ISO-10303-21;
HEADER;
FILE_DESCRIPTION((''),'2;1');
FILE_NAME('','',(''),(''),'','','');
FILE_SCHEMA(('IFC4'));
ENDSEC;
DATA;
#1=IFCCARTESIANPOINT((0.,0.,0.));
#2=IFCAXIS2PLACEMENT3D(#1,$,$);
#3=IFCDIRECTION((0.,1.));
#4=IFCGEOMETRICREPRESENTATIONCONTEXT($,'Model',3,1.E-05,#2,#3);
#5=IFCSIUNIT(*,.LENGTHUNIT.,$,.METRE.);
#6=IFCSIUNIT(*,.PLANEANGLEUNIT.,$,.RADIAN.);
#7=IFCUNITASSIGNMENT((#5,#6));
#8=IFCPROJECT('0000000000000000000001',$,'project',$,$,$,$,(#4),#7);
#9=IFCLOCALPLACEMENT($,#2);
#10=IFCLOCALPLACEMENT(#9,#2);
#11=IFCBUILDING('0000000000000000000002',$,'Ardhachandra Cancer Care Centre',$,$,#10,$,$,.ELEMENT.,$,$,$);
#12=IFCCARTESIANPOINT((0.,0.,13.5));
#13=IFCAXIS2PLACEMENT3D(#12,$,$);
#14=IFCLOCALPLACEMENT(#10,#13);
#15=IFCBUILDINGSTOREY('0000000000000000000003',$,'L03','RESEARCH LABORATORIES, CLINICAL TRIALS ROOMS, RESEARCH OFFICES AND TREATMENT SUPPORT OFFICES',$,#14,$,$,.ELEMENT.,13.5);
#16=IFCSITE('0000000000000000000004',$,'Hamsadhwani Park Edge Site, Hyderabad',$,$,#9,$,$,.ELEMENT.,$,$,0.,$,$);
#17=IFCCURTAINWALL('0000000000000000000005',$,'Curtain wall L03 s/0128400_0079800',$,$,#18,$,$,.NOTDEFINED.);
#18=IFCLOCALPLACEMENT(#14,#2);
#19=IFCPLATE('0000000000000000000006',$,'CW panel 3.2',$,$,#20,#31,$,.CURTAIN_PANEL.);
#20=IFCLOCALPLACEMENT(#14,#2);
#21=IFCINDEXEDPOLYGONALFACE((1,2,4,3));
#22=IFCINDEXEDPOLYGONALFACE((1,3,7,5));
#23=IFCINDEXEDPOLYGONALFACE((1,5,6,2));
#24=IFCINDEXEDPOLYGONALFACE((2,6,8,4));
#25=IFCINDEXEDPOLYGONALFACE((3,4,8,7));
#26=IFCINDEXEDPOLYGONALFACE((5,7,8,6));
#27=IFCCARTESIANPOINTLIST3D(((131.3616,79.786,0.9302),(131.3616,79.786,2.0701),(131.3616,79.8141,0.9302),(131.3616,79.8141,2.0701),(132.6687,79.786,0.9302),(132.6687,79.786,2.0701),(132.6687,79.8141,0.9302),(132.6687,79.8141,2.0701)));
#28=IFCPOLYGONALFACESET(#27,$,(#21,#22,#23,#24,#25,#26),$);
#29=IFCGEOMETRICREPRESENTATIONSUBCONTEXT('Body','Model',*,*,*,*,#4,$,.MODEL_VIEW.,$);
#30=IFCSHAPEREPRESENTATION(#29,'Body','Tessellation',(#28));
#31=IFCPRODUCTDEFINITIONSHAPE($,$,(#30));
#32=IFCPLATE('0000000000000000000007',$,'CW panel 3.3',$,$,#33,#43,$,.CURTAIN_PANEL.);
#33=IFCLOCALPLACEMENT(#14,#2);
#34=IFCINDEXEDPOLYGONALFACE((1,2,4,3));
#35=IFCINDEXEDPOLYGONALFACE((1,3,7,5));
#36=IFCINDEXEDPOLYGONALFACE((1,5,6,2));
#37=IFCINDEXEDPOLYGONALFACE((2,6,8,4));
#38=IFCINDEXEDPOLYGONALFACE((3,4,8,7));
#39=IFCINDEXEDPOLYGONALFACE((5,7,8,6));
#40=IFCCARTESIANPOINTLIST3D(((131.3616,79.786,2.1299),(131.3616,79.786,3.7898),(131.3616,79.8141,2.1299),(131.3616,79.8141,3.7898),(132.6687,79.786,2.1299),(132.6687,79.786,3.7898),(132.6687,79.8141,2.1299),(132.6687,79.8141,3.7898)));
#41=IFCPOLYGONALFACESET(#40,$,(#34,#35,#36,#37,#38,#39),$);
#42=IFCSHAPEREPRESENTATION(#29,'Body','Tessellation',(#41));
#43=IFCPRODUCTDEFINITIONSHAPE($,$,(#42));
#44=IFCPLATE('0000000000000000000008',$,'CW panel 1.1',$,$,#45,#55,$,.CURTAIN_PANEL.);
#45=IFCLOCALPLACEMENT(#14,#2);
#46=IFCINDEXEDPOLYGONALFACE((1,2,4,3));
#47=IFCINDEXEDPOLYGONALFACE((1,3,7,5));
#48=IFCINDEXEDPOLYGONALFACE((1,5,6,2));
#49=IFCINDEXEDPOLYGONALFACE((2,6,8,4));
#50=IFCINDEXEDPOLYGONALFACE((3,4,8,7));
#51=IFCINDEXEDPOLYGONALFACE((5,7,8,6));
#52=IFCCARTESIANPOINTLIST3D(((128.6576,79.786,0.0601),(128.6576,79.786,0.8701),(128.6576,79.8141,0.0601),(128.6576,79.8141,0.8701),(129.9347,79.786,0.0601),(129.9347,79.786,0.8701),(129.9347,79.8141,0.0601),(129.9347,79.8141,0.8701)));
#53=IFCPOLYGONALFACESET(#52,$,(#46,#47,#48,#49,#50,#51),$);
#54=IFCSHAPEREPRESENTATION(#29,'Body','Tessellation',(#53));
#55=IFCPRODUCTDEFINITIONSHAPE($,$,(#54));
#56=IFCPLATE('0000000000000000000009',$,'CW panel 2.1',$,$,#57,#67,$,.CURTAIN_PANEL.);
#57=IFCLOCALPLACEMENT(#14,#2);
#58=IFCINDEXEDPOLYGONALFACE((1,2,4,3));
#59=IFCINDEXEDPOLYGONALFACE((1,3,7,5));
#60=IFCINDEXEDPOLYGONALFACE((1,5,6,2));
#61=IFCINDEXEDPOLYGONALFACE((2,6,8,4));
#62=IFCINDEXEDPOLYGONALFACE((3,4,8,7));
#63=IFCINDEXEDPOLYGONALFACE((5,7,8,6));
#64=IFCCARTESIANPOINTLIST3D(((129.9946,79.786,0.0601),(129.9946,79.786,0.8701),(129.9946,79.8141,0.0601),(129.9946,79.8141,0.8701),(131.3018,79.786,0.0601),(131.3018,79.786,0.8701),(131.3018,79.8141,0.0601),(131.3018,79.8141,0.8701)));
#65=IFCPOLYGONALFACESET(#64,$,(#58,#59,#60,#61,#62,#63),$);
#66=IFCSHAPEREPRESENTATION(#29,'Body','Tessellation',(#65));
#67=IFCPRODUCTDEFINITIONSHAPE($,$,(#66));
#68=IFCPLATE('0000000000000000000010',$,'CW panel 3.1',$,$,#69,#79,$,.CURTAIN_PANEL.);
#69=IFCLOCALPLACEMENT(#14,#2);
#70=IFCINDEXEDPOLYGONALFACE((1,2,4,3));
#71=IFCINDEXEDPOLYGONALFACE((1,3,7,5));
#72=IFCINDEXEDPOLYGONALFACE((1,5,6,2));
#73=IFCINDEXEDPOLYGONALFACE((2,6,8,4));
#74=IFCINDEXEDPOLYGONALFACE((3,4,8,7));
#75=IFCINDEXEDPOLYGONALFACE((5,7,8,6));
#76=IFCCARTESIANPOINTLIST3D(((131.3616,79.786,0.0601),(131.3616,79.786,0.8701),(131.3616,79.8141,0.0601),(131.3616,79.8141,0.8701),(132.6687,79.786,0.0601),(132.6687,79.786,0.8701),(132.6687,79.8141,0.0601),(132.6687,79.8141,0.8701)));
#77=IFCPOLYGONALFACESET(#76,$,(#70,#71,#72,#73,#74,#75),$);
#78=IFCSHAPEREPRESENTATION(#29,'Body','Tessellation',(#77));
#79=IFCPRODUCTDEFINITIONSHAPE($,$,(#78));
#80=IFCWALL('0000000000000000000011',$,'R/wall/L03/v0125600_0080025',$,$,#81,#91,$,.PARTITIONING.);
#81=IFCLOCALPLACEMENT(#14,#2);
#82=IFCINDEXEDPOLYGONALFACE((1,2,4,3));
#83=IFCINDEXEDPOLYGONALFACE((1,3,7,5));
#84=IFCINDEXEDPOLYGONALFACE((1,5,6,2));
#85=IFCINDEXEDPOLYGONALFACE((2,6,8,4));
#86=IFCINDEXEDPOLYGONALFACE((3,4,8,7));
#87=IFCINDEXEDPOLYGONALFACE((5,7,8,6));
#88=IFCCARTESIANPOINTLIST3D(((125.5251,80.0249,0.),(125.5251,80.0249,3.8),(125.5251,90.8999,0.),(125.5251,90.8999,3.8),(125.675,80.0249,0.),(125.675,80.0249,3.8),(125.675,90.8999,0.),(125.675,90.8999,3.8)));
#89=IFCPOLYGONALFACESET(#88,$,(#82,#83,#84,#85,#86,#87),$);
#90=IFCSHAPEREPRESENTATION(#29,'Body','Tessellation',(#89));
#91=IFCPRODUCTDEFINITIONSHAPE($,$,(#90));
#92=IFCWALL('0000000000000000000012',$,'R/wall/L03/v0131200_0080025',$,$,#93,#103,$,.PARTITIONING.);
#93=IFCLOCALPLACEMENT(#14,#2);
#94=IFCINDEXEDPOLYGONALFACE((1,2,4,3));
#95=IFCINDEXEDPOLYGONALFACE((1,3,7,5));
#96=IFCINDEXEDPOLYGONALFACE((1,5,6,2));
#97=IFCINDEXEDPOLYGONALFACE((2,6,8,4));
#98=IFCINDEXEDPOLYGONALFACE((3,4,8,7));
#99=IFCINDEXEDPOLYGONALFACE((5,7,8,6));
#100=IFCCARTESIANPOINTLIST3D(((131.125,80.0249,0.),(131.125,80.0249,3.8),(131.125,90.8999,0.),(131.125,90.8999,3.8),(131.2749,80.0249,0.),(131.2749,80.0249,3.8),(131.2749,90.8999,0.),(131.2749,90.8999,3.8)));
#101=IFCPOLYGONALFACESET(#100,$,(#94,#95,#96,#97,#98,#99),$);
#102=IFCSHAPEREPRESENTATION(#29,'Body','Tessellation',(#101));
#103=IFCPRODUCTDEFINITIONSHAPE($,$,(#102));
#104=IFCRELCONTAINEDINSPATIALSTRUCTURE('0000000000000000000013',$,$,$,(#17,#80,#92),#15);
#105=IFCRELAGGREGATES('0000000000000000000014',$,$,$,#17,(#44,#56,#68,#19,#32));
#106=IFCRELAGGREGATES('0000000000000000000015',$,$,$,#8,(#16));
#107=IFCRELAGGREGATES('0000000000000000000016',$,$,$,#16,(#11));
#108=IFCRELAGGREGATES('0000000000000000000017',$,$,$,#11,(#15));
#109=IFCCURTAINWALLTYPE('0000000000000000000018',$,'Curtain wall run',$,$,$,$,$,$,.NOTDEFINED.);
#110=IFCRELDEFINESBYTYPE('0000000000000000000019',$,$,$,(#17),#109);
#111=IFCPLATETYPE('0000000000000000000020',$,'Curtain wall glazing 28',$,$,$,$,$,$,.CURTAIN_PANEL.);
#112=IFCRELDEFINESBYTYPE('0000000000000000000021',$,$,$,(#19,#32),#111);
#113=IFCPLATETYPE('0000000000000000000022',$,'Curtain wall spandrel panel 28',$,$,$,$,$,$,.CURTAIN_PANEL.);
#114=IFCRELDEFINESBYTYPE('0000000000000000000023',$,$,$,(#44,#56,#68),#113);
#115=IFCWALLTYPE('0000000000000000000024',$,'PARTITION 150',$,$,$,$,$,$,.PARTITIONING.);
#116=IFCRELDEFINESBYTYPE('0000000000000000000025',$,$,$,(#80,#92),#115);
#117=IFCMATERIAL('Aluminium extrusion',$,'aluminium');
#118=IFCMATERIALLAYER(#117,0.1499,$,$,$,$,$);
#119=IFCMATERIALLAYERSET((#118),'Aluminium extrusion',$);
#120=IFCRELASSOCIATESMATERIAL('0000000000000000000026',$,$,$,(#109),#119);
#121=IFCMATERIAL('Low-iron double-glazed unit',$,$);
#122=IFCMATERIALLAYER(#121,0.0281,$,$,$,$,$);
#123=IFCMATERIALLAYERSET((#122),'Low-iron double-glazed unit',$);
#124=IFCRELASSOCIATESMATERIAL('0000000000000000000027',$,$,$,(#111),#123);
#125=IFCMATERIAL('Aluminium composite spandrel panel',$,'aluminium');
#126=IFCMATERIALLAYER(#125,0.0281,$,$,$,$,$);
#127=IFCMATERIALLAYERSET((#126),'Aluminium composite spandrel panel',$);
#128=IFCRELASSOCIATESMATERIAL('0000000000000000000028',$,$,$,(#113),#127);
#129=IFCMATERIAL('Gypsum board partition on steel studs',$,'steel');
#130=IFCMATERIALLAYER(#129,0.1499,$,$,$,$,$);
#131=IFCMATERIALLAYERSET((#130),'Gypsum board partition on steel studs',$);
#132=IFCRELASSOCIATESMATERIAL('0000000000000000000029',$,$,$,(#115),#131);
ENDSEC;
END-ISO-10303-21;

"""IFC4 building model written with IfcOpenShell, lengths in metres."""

from ifc_helpers import new_model, si_unit, direction, frame, frame_2d, origin, origin_2d, place, context, subcontext, project, spatial, rectangle, extrude, material, layer, layer_set, type_object, element, aggregate, save


model = new_model("IFC4")

# Units and contexts
model_context = context("Model", 3, precision=1e-05, world=origin(), true_north=direction((0.0, 1.0)))
body_context = subcontext(model_context, "Body", "Model", "MODEL_VIEW")
ifc_project = project(units=[si_unit("LENGTHUNIT", "METRE"), si_unit("PLANEANGLEUNIT", "RADIAN")], contexts=[model_context])

# Site, building, storey
site_placement = place(None, origin())
site = spatial("IfcSite", under=ifc_project, at=site_placement, Name="Hamsadhwani Park Edge Site, Hyderabad", CompositionType="ELEMENT", RefElevation=0.0)
building_placement = place(site_placement, origin())
building = spatial("IfcBuilding", under=site, at=building_placement, Name="Ardhachandra Cancer Care Centre", CompositionType="ELEMENT")
storey_placement = place(building_placement, frame((0.0, 0.0, 13.5)))
storey = spatial("IfcBuildingStorey", under=building, at=storey_placement, Name="L03", Description="RESEARCH LABORATORIES, CLINICAL TRIALS ROOMS, RESEARCH OFFICES AND TREATMENT SUPPORT OFFICES", CompositionType="ELEMENT", Elevation=13.5)

# Curtain wall, plates
ifc_material_1 = material(Name="Aluminium extrusion", Category="aluminium")
ifc_layer_1 = layer(ifc_material_1, 0.1499)
ifc_layer_set_1 = layer_set([ifc_layer_1], Name="Aluminium extrusion")
curtain_wall_type = type_object("IfcCurtainWallType", Name="Curtain wall run", PredefinedType="NOTDEFINED", material=ifc_layer_set_1)
curtain_wall_placement = place(storey_placement, origin())
curtain_wall = element("IfcCurtainWall", 1, at=curtain_wall_placement, inside=storey, type_object=curtain_wall_type, Name="Curtain wall L03 s/0128400_0079800", PredefinedType="NOTDEFINED")
ifc_material_2 = material(Name="Low-iron double-glazed unit")
ifc_layer_2 = layer(ifc_material_2, 0.0281)
ifc_layer_set_2 = layer_set([ifc_layer_2], Name="Low-iron double-glazed unit")
plate_type_1 = type_object("IfcPlateType", Name="Curtain wall glazing 28", PredefinedType="CURTAIN_PANEL", material=ifc_layer_set_2)
plate_1_placement = place(storey_placement, frame((132.0151, 79.8, 0.9302), z_axis=(0.0, 0.0, 1.0), x_axis=(1.0, 0.0, 0.0)))
plate_1 = element("IfcPlate", 2, at=plate_1_placement, type_object=plate_type_1, Name="CW panel 3.2", PredefinedType="CURTAIN_PANEL", context=body_context, shape_type="SweptSolid", body=[
    extrude(rectangle(XDim=1.3071, YDim=0.0281, at=origin_2d()), origin(), (0.0, 0.0, 1.0), 1.1399),
])
plate_2_placement = place(storey_placement, frame((132.0151, 79.8, 2.1299), z_axis=(0.0, 0.0, 1.0), x_axis=(1.0, 0.0, 0.0)))
plate_2 = element("IfcPlate", 3, at=plate_2_placement, type_object=plate_type_1, Name="CW panel 3.3", PredefinedType="CURTAIN_PANEL", context=body_context, shape_type="SweptSolid", body=[
    extrude(rectangle(XDim=1.3071, YDim=0.0281, at=origin_2d()), origin(), (0.0, 0.0, 1.0), 1.6599),
])
ifc_material_3 = material(Name="Aluminium composite spandrel panel", Category="aluminium")
ifc_layer_3 = layer(ifc_material_3, 0.0281)
ifc_layer_set_3 = layer_set([ifc_layer_3], Name="Aluminium composite spandrel panel")
plate_type_2 = type_object("IfcPlateType", Name="Curtain wall spandrel panel 28", PredefinedType="CURTAIN_PANEL", material=ifc_layer_set_3)
plate_3_placement = place(storey_placement, frame((129.2961, 79.8, 0.0601), z_axis=(0.0, 0.0, 1.0), x_axis=(1.0, 0.0, 0.0)))
plate_3 = element("IfcPlate", 4, at=plate_3_placement, type_object=plate_type_2, Name="CW panel 1.1", PredefinedType="CURTAIN_PANEL", context=body_context, shape_type="SweptSolid", body=[
    extrude(rectangle(XDim=1.2771, YDim=0.0281, at=origin_2d()), origin(), (0.0, 0.0, 1.0), 0.8101),
])
plate_4_placement = place(storey_placement, frame((130.6482, 79.8, 0.0601), z_axis=(0.0, 0.0, 1.0), x_axis=(1.0, 0.0, 0.0)))
plate_4 = element("IfcPlate", 5, at=plate_4_placement, type_object=plate_type_2, Name="CW panel 2.1", PredefinedType="CURTAIN_PANEL", context=body_context, shape_type="SweptSolid", body=[
    extrude(rectangle(XDim=1.3071, YDim=0.0281, at=origin_2d()), origin(), (0.0, 0.0, 1.0), 0.8101),
])
plate_5_placement = place(storey_placement, frame((132.0151, 79.8, 0.0601), z_axis=(0.0, 0.0, 1.0), x_axis=(1.0, 0.0, 0.0)))
plate_5 = element("IfcPlate", 6, at=plate_5_placement, type_object=plate_type_2, Name="CW panel 3.1", PredefinedType="CURTAIN_PANEL", context=body_context, shape_type="SweptSolid", body=[
    extrude(rectangle(XDim=1.3071, YDim=0.0281, at=origin_2d()), origin(), (0.0, 0.0, 1.0), 0.8101),
])
aggregate(curtain_wall, [plate_3, plate_4, plate_5, plate_1, plate_2])

# Walls
ifc_material_4 = material(Name="Gypsum board partition on steel studs", Category="steel")
ifc_layer_4 = layer(ifc_material_4, 0.1499)
ifc_layer_set_4 = layer_set([ifc_layer_4], Name="Gypsum board partition on steel studs")
wall_type = type_object("IfcWallType", Name="PARTITION 150", PredefinedType="PARTITIONING", material=ifc_layer_set_4)
for number, where, z_axis, x_axis, name in (
    (7, (125.6001, 80.0249, 0.0), (0.0, 0.0, 1.0), (0.0, 1.0, 0.0), "R/wall/L03/v0125600_0080025"),
    (8, (131.2, 80.0249, 0.0), (0.0, 0.0, 1.0), (0.0, 1.0, 0.0), "R/wall/L03/v0131200_0080025"),
):
    element("IfcWall", number, at=place(storey_placement, frame(where, z_axis=z_axis, x_axis=x_axis)), inside=storey, type_object=wall_type, Name=name, PredefinedType="PARTITIONING", context=body_context, shape_type="SweptSolid", body=[
        extrude(rectangle(XDim=10.875, YDim=0.1499, at=frame_2d((5.4375, 0.0))), origin(), (0.0, 0.0, 1.0), 3.8),
    ])

save(model, "model.ifc")
